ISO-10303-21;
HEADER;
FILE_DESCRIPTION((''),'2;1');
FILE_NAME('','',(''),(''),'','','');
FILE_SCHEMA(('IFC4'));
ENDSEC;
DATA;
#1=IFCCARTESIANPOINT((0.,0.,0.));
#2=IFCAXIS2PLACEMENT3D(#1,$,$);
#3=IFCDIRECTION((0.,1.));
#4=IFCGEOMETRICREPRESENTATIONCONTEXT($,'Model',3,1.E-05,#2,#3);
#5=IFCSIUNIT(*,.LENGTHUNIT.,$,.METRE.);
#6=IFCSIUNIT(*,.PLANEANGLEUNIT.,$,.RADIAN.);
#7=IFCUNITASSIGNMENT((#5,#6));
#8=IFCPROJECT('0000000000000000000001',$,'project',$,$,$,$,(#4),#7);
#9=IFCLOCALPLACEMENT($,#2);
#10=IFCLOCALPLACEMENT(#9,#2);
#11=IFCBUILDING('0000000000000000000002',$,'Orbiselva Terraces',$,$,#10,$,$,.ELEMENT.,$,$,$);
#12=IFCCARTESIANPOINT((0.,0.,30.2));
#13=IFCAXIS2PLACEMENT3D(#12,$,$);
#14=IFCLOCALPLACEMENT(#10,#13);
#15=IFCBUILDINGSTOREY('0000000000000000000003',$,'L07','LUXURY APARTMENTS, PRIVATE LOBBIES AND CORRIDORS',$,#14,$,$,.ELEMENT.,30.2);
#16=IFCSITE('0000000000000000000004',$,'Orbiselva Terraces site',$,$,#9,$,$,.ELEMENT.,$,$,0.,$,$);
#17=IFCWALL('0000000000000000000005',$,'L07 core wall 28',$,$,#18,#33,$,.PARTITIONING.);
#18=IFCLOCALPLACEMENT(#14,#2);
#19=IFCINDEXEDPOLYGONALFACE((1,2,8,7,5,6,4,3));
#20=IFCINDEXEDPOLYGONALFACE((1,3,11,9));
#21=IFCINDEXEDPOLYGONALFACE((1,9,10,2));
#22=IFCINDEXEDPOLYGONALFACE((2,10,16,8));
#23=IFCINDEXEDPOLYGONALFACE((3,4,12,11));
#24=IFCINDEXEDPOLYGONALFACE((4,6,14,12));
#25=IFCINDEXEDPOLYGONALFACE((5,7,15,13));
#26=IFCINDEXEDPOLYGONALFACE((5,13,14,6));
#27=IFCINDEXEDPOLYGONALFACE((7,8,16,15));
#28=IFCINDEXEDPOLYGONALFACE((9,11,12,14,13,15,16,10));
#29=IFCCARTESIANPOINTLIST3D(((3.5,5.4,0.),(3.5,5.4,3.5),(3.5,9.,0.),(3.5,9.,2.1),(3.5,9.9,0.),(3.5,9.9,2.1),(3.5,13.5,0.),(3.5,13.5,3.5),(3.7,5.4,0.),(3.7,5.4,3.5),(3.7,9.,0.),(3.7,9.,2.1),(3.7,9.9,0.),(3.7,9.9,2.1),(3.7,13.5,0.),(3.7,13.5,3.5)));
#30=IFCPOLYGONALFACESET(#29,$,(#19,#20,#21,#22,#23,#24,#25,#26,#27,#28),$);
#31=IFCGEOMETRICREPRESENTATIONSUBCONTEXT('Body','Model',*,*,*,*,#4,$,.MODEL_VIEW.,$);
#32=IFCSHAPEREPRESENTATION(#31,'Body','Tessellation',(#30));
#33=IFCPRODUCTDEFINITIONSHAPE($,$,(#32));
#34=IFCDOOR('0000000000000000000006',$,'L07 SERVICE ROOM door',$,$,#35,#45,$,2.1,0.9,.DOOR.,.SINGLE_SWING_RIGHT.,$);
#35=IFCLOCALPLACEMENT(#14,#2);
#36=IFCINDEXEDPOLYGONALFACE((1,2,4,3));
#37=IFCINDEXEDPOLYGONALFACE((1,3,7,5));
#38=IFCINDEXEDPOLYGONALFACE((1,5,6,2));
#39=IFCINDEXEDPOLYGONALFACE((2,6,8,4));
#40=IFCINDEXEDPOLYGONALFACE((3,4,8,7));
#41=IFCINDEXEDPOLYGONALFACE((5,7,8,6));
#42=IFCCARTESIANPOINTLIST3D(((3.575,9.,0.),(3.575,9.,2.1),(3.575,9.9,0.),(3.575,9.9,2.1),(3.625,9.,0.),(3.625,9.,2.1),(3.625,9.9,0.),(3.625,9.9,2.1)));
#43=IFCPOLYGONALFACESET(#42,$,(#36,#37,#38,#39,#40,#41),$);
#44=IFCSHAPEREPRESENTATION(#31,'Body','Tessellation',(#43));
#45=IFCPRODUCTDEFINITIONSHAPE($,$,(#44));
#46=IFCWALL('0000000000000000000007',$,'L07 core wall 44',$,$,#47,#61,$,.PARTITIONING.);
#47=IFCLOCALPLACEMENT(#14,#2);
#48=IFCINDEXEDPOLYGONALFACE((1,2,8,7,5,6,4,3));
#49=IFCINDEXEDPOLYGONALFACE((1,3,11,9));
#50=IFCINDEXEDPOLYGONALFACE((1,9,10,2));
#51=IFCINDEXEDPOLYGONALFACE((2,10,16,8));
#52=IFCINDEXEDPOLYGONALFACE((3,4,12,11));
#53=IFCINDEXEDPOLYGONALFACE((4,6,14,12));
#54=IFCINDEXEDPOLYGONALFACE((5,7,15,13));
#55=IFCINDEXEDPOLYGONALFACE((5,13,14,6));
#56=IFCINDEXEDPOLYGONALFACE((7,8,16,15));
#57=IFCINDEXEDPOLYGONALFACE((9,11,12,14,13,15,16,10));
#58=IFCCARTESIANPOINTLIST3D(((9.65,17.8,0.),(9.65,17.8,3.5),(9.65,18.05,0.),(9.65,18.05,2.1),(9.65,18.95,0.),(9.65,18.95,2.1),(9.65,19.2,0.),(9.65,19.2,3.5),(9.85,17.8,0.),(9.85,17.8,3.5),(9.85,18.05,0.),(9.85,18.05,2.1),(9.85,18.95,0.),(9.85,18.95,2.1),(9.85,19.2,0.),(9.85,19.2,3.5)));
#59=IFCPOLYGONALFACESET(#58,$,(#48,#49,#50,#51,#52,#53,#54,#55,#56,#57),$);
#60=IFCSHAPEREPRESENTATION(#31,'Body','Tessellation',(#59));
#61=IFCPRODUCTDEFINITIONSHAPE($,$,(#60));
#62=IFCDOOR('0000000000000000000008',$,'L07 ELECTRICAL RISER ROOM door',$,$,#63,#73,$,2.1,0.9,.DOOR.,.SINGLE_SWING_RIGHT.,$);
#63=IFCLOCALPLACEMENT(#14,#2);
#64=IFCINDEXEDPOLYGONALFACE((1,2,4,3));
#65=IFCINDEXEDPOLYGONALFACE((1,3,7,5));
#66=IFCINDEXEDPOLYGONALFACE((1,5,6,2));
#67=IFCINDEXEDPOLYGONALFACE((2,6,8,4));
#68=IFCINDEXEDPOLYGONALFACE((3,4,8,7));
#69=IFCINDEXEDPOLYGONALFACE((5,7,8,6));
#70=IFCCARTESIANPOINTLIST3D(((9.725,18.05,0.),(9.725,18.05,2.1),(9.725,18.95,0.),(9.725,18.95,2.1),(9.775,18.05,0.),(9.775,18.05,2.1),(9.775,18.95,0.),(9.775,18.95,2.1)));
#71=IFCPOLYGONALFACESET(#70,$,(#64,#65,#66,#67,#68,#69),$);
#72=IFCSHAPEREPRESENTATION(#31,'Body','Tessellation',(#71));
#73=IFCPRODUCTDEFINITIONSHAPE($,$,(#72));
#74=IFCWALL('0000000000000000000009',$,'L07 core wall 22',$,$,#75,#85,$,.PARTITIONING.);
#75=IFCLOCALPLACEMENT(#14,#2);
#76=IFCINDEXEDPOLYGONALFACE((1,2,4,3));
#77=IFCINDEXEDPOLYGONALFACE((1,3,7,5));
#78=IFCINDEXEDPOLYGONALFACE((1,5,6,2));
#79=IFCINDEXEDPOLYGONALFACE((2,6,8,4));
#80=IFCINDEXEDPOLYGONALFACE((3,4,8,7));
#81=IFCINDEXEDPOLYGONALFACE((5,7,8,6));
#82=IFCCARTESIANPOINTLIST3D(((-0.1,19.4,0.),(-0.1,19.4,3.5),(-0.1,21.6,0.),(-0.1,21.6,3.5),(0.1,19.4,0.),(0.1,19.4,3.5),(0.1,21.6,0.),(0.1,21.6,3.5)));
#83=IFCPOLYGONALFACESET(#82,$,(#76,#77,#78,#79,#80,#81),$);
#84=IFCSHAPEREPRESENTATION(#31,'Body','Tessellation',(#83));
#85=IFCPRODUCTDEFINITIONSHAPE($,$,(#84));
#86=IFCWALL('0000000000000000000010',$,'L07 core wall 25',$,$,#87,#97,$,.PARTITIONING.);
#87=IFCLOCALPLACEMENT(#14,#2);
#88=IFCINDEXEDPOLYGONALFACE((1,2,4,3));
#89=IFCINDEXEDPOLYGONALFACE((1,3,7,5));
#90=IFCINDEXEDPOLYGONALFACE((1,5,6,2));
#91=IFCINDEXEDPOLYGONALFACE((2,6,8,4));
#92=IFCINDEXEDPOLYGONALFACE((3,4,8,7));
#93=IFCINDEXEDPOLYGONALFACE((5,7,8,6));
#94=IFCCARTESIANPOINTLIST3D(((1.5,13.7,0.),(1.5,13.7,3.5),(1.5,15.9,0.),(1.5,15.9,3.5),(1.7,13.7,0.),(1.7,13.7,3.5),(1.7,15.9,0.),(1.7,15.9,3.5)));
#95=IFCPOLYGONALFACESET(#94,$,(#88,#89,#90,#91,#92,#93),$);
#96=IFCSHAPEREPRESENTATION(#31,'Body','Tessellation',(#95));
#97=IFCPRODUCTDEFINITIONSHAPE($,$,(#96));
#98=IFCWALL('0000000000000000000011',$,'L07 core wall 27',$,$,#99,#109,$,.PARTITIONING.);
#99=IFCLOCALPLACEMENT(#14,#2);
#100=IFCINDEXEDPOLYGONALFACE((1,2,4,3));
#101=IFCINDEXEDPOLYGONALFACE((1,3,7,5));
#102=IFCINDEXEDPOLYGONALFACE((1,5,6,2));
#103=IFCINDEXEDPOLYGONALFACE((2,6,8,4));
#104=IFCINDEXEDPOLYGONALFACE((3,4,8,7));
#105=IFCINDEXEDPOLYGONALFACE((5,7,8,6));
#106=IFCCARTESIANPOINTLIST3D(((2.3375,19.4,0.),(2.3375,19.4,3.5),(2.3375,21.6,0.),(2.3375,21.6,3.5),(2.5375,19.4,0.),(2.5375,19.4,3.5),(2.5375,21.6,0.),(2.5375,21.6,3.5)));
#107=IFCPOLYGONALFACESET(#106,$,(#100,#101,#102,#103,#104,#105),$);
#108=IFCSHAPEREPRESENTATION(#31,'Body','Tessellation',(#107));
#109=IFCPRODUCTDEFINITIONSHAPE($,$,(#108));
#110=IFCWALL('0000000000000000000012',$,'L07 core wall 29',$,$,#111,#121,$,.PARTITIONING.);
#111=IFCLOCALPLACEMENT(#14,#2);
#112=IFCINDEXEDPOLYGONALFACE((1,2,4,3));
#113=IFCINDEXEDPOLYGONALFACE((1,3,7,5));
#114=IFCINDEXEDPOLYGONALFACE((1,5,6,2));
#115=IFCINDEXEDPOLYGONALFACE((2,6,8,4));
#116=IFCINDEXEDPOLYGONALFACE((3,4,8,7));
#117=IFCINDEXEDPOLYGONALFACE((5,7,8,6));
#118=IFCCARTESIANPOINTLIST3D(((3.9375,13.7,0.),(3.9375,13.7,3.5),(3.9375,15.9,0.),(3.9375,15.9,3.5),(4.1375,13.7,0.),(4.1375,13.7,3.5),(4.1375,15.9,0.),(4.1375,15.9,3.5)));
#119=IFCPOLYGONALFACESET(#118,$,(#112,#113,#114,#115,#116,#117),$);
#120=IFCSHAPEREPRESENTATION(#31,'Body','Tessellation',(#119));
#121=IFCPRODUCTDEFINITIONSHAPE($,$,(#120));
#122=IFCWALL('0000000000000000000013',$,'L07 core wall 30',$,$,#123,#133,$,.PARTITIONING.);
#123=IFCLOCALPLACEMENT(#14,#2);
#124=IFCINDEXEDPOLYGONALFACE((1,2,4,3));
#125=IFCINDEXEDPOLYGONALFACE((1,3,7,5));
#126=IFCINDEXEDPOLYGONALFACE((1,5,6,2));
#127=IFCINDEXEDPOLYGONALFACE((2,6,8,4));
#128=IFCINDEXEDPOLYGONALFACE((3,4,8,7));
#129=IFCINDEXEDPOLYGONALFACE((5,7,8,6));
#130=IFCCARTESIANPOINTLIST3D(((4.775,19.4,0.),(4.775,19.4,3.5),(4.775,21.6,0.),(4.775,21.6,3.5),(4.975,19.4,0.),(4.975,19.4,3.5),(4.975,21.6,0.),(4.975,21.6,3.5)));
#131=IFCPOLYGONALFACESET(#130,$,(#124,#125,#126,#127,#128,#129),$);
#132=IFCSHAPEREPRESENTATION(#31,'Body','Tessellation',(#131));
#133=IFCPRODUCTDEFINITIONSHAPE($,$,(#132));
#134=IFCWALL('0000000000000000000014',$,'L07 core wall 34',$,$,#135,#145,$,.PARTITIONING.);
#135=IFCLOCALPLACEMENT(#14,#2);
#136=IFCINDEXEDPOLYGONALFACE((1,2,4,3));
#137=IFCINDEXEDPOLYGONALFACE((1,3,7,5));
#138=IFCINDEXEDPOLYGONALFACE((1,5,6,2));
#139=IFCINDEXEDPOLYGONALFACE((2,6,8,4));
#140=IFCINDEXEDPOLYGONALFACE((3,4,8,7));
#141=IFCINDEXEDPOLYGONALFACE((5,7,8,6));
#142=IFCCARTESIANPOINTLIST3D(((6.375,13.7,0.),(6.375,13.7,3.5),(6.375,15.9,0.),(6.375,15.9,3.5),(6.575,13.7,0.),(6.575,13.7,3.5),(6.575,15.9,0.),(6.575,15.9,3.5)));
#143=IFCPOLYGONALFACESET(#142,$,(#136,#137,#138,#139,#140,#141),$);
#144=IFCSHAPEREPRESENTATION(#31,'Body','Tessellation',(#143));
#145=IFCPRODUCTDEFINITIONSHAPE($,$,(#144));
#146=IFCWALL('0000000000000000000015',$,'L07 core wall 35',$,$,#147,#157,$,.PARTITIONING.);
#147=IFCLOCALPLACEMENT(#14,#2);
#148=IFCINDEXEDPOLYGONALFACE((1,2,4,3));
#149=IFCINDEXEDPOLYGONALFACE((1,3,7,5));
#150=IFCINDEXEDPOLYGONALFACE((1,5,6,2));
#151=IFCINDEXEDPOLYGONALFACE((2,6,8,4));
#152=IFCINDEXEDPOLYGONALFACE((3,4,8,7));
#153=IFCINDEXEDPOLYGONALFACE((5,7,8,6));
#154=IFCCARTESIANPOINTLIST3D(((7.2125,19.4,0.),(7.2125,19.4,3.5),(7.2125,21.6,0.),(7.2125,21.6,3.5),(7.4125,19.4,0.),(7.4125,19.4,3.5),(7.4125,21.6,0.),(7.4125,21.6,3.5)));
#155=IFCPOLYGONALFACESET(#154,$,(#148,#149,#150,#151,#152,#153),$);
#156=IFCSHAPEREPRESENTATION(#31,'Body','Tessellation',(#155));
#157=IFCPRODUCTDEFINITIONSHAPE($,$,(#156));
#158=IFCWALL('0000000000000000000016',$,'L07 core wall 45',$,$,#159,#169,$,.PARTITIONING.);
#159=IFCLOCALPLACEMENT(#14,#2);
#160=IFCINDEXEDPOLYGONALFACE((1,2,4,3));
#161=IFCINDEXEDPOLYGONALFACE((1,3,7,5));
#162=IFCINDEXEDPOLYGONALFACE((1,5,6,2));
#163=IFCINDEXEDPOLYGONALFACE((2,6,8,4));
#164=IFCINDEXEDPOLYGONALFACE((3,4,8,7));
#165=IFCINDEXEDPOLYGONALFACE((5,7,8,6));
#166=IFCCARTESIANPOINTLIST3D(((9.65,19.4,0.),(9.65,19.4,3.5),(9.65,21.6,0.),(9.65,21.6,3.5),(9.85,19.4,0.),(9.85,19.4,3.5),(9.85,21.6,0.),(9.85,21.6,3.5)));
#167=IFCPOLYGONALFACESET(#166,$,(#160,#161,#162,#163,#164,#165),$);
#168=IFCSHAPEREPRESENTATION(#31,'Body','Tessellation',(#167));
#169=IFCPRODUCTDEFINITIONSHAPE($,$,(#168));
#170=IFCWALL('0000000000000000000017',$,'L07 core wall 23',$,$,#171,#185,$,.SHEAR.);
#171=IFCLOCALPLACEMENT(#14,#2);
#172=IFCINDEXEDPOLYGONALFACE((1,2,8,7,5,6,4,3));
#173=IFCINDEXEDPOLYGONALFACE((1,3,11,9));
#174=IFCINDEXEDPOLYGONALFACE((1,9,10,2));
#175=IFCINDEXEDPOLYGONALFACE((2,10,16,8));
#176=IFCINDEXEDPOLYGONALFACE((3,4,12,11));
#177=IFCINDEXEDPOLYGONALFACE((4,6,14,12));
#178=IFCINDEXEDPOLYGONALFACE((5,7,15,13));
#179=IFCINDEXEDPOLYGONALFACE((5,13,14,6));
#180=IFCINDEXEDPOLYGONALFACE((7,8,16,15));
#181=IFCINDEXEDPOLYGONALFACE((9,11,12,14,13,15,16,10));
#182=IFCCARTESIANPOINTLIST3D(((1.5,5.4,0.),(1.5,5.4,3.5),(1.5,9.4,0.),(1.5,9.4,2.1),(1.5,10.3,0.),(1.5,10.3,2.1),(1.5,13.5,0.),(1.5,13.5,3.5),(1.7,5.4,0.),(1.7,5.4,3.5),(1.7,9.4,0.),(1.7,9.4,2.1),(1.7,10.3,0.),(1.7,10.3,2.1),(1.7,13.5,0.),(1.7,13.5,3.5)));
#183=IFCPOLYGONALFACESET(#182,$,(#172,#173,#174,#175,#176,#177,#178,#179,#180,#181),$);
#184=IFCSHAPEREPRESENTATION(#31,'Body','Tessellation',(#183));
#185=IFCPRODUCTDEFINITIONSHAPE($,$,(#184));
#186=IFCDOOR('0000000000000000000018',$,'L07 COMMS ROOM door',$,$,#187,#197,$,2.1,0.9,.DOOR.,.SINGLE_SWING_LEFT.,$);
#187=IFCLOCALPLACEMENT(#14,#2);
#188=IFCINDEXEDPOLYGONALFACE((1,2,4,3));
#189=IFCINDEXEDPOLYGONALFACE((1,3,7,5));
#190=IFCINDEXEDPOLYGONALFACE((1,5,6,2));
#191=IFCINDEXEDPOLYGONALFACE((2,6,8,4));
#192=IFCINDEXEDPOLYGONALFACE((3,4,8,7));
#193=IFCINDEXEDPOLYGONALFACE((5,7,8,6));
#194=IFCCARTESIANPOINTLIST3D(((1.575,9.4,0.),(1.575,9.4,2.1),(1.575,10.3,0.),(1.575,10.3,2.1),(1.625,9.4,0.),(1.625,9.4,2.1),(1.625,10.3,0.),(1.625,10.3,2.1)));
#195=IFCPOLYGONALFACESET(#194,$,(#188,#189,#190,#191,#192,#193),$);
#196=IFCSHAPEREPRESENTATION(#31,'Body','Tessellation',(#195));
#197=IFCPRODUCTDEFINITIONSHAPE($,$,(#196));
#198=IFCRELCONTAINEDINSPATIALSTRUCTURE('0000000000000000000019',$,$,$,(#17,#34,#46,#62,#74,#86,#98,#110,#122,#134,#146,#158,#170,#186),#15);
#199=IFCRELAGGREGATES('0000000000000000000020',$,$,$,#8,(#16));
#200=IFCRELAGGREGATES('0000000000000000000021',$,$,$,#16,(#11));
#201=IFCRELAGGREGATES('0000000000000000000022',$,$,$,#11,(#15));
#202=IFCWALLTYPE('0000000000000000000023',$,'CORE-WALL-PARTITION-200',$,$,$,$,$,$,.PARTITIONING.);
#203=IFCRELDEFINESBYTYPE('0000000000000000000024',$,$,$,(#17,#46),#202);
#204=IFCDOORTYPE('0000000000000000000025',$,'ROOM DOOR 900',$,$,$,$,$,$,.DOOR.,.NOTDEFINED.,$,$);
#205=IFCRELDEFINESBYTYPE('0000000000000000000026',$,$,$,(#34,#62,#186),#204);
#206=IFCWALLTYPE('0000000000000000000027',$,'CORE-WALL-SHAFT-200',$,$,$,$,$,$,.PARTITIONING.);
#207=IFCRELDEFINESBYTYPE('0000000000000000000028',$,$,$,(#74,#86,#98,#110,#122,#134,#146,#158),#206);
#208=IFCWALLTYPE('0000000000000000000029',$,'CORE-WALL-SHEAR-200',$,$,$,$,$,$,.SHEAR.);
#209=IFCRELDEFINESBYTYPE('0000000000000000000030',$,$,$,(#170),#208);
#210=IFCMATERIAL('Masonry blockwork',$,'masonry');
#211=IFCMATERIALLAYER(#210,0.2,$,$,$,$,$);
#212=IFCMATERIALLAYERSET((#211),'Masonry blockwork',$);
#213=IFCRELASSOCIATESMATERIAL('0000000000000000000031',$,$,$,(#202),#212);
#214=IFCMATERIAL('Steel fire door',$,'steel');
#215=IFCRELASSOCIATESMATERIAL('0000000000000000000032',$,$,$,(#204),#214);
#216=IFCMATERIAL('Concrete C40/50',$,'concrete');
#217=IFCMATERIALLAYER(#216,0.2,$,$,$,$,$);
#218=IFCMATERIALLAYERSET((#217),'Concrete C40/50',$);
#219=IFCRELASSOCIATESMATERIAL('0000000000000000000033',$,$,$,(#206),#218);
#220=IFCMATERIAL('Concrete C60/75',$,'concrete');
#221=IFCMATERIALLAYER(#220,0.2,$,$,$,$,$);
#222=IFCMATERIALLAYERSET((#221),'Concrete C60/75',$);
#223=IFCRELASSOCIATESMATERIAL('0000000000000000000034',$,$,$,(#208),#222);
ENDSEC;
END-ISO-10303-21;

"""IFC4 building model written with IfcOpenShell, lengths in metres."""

from ifc_helpers import new_model, si_unit, direction, frame, frame_2d, origin, place, context, subcontext, project, spatial, rectangle, extrude, material, layer, layer_set, type_object, element, fill, save


model = new_model("IFC4")

# Units and contexts
model_context = context("Model", 3, precision=1e-05, world=origin(), true_north=direction((0.0, 1.0)))
body_context = subcontext(model_context, "Body", "Model", "MODEL_VIEW")
ifc_project = project(units=[si_unit("LENGTHUNIT", "METRE"), si_unit("PLANEANGLEUNIT", "RADIAN")], contexts=[model_context])

# Site, building, storey
site_placement = place(None, origin())
site = spatial("IfcSite", under=ifc_project, at=site_placement, Name="Orbiselva Terraces site", CompositionType="ELEMENT", RefElevation=0.0)
building_placement = place(site_placement, origin())
building = spatial("IfcBuilding", under=site, at=building_placement, Name="Orbiselva Terraces", CompositionType="ELEMENT")
storey_placement = place(building_placement, frame((0.0, 0.0, 30.2)))
storey = spatial("IfcBuildingStorey", under=building, at=storey_placement, Name="L07", Description="LUXURY APARTMENTS, PRIVATE LOBBIES AND CORRIDORS", CompositionType="ELEMENT", Elevation=30.2)

# Walls, openings, doors
ifc_material_1 = material(Name="Masonry blockwork", Category="masonry")
ifc_layer_1 = layer(ifc_material_1, 0.2)
ifc_layer_set_1 = layer_set([ifc_layer_1], Name="Masonry blockwork")
wall_type_1 = type_object("IfcWallType", Name="CORE-WALL-PARTITION-200", PredefinedType="PARTITIONING", material=ifc_layer_set_1)
wall_1_placement = place(storey_placement, frame((3.6, 13.5, 0.0), z_axis=(0.0, 0.0, 1.0), x_axis=(0.0, -1.0, 0.0)))
wall_1 = element("IfcWall", 1, at=wall_1_placement, inside=storey, type_object=wall_type_1, Name="L07 core wall 28", PredefinedType="PARTITIONING", context=body_context, shape_type="SweptSolid", body=[
    extrude(rectangle(XDim=8.1, YDim=0.2, at=frame_2d((4.05, 0.0))), origin(), (0.0, 0.0, 1.0), 3.5),
])
opening_1_placement = place(wall_1_placement, frame((3.6, 0.0, 0.0)))
opening_1 = element("IfcOpeningElement", 2, at=opening_1_placement, cuts=wall_1, PredefinedType="OPENING", context=body_context, shape_type="SweptSolid", body=[
    extrude(rectangle(XDim=0.9, YDim=2.1, at=frame_2d((0.45, 1.05))), frame((0.0, 0.11, 0.0), z_axis=(0.0, -1.0, 0.0), x_axis=(1.0, 0.0, 0.0)), (0.0, 0.0, 1.0), 0.22),
])
ifc_material_2 = material(Name="Steel fire door", Category="steel")
door_type = type_object("IfcDoorType", Name="ROOM DOOR 900", OperationType="NOTDEFINED", PredefinedType="DOOR", material=ifc_material_2)
door_1_placement = place(opening_1_placement, origin())
door_1 = element("IfcDoor", 3, at=door_1_placement, inside=storey, type_object=door_type, Name="L07 SERVICE ROOM door", OperationType="SINGLE_SWING_RIGHT", OverallHeight=2.1, OverallWidth=0.9, PredefinedType="DOOR", context=body_context, shape_type="SweptSolid", body=[
    extrude(rectangle(XDim=0.9, YDim=2.1, at=frame_2d((0.45, 1.05))), frame((0.0, 0.025, 0.0), z_axis=(0.0, -1.0, 0.0), x_axis=(1.0, 0.0, 0.0)), (0.0, 0.0, 1.0), 0.05),
])
fill(opening_1, door_1)
wall_2_placement = place(storey_placement, frame((9.75, 19.2, 0.0), z_axis=(0.0, 0.0, 1.0), x_axis=(0.0, -1.0, 0.0)))
wall_2 = element("IfcWall", 4, at=wall_2_placement, inside=storey, type_object=wall_type_1, Name="L07 core wall 44", PredefinedType="PARTITIONING", context=body_context, shape_type="SweptSolid", body=[
    extrude(rectangle(XDim=1.4, YDim=0.2, at=frame_2d((0.7, 0.0))), origin(), (0.0, 0.0, 1.0), 3.5),
])
opening_2_placement = place(wall_2_placement, frame((0.25, 0.0, 0.0)))
opening_2 = element("IfcOpeningElement", 5, at=opening_2_placement, cuts=wall_2, PredefinedType="OPENING", context=body_context, shape_type="SweptSolid", body=[
    extrude(rectangle(XDim=0.9, YDim=2.1, at=frame_2d((0.45, 1.05))), frame((0.0, 0.11, 0.0), z_axis=(0.0, -1.0, 0.0), x_axis=(1.0, 0.0, 0.0)), (0.0, 0.0, 1.0), 0.22),
])
door_2_placement = place(opening_2_placement, origin())
door_2 = element("IfcDoor", 6, at=door_2_placement, inside=storey, type_object=door_type, Name="L07 ELECTRICAL RISER ROOM door", OperationType="SINGLE_SWING_RIGHT", OverallHeight=2.1, OverallWidth=0.9, PredefinedType="DOOR", context=body_context, shape_type="SweptSolid", body=[
    extrude(rectangle(XDim=0.9, YDim=2.1, at=frame_2d((0.45, 1.05))), frame((0.0, 0.025, 0.0), z_axis=(0.0, -1.0, 0.0), x_axis=(1.0, 0.0, 0.0)), (0.0, 0.0, 1.0), 0.05),
])
fill(opening_2, door_2)

# Walls
ifc_material_3 = material(Name="Concrete C40/50", Category="concrete")
ifc_layer_2 = layer(ifc_material_3, 0.2)
ifc_layer_set_2 = layer_set([ifc_layer_2], Name="Concrete C40/50")
wall_type_2 = type_object("IfcWallType", Name="CORE-WALL-SHAFT-200", PredefinedType="PARTITIONING", material=ifc_layer_set_2)
for number, where, z_axis, x_axis, name in (
    (7, (0.0, 19.4, 0.0), (0.0, 0.0, 1.0), (0.0, 1.0, 0.0), "L07 core wall 22"),
    (8, (1.6, 13.7, 0.0), (0.0, 0.0, 1.0), (0.0, 1.0, 0.0), "L07 core wall 25"),
    (9, (2.4375, 19.4, 0.0), (0.0, 0.0, 1.0), (0.0, 1.0, 0.0), "L07 core wall 27"),
    (10, (4.0375, 13.7, 0.0), (0.0, 0.0, 1.0), (0.0, 1.0, 0.0), "L07 core wall 29"),
    (11, (4.875, 19.4, 0.0), (0.0, 0.0, 1.0), (0.0, 1.0, 0.0), "L07 core wall 30"),
    (12, (6.475, 13.7, 0.0), (0.0, 0.0, 1.0), (0.0, 1.0, 0.0), "L07 core wall 34"),
    (13, (7.3125, 19.4, 0.0), (0.0, 0.0, 1.0), (0.0, 1.0, 0.0), "L07 core wall 35"),
    (14, (9.75, 19.4, 0.0), (0.0, 0.0, 1.0), (0.0, 1.0, 0.0), "L07 core wall 45"),
):
    element("IfcWall", number, at=place(storey_placement, frame(where, z_axis=z_axis, x_axis=x_axis)), inside=storey, type_object=wall_type_2, Name=name, PredefinedType="PARTITIONING", context=body_context, shape_type="SweptSolid", body=[
        extrude(rectangle(XDim=2.2, YDim=0.2, at=frame_2d((1.1, 0.0))), origin(), (0.0, 0.0, 1.0), 3.5),
    ])

# Wall, opening, door
ifc_material_4 = material(Name="Concrete C60/75", Category="concrete")
ifc_layer_3 = layer(ifc_material_4, 0.2)
ifc_layer_set_3 = layer_set([ifc_layer_3], Name="Concrete C60/75")
wall_type_3 = type_object("IfcWallType", Name="CORE-WALL-SHEAR-200", PredefinedType="SHEAR", material=ifc_layer_set_3)
wall_3_placement = place(storey_placement, frame((1.6, 13.5, 0.0), z_axis=(0.0, 0.0, 1.0), x_axis=(0.0, -1.0, 0.0)))
wall_3 = element("IfcWall", 15, at=wall_3_placement, inside=storey, type_object=wall_type_3, Name="L07 core wall 23", PredefinedType="SHEAR", context=body_context, shape_type="SweptSolid", body=[
    extrude(rectangle(XDim=8.1, YDim=0.2, at=frame_2d((4.05, 0.0))), origin(), (0.0, 0.0, 1.0), 3.5),
])
opening_3_placement = place(wall_3_placement, frame((3.2, 0.0, 0.0)))
opening_3 = element("IfcOpeningElement", 16, at=opening_3_placement, cuts=wall_3, PredefinedType="OPENING", context=body_context, shape_type="SweptSolid", body=[
    extrude(rectangle(XDim=0.9, YDim=2.1, at=frame_2d((0.45, 1.05))), frame((0.0, 0.11, 0.0), z_axis=(0.0, -1.0, 0.0), x_axis=(1.0, 0.0, 0.0)), (0.0, 0.0, 1.0), 0.22),
])
door_3_placement = place(opening_3_placement, origin())
door_3 = element("IfcDoor", 17, at=door_3_placement, inside=storey, type_object=door_type, Name="L07 COMMS ROOM door", OperationType="SINGLE_SWING_LEFT", OverallHeight=2.1, OverallWidth=0.9, PredefinedType="DOOR", context=body_context, shape_type="SweptSolid", body=[
    extrude(rectangle(XDim=0.9, YDim=2.1, at=frame_2d((0.45, 1.05))), frame((0.0, 0.025, 0.0), z_axis=(0.0, -1.0, 0.0), x_axis=(1.0, 0.0, 0.0)), (0.0, 0.0, 1.0), 0.05),
])
fill(opening_3, door_3)

save(model, "model.ifc")
